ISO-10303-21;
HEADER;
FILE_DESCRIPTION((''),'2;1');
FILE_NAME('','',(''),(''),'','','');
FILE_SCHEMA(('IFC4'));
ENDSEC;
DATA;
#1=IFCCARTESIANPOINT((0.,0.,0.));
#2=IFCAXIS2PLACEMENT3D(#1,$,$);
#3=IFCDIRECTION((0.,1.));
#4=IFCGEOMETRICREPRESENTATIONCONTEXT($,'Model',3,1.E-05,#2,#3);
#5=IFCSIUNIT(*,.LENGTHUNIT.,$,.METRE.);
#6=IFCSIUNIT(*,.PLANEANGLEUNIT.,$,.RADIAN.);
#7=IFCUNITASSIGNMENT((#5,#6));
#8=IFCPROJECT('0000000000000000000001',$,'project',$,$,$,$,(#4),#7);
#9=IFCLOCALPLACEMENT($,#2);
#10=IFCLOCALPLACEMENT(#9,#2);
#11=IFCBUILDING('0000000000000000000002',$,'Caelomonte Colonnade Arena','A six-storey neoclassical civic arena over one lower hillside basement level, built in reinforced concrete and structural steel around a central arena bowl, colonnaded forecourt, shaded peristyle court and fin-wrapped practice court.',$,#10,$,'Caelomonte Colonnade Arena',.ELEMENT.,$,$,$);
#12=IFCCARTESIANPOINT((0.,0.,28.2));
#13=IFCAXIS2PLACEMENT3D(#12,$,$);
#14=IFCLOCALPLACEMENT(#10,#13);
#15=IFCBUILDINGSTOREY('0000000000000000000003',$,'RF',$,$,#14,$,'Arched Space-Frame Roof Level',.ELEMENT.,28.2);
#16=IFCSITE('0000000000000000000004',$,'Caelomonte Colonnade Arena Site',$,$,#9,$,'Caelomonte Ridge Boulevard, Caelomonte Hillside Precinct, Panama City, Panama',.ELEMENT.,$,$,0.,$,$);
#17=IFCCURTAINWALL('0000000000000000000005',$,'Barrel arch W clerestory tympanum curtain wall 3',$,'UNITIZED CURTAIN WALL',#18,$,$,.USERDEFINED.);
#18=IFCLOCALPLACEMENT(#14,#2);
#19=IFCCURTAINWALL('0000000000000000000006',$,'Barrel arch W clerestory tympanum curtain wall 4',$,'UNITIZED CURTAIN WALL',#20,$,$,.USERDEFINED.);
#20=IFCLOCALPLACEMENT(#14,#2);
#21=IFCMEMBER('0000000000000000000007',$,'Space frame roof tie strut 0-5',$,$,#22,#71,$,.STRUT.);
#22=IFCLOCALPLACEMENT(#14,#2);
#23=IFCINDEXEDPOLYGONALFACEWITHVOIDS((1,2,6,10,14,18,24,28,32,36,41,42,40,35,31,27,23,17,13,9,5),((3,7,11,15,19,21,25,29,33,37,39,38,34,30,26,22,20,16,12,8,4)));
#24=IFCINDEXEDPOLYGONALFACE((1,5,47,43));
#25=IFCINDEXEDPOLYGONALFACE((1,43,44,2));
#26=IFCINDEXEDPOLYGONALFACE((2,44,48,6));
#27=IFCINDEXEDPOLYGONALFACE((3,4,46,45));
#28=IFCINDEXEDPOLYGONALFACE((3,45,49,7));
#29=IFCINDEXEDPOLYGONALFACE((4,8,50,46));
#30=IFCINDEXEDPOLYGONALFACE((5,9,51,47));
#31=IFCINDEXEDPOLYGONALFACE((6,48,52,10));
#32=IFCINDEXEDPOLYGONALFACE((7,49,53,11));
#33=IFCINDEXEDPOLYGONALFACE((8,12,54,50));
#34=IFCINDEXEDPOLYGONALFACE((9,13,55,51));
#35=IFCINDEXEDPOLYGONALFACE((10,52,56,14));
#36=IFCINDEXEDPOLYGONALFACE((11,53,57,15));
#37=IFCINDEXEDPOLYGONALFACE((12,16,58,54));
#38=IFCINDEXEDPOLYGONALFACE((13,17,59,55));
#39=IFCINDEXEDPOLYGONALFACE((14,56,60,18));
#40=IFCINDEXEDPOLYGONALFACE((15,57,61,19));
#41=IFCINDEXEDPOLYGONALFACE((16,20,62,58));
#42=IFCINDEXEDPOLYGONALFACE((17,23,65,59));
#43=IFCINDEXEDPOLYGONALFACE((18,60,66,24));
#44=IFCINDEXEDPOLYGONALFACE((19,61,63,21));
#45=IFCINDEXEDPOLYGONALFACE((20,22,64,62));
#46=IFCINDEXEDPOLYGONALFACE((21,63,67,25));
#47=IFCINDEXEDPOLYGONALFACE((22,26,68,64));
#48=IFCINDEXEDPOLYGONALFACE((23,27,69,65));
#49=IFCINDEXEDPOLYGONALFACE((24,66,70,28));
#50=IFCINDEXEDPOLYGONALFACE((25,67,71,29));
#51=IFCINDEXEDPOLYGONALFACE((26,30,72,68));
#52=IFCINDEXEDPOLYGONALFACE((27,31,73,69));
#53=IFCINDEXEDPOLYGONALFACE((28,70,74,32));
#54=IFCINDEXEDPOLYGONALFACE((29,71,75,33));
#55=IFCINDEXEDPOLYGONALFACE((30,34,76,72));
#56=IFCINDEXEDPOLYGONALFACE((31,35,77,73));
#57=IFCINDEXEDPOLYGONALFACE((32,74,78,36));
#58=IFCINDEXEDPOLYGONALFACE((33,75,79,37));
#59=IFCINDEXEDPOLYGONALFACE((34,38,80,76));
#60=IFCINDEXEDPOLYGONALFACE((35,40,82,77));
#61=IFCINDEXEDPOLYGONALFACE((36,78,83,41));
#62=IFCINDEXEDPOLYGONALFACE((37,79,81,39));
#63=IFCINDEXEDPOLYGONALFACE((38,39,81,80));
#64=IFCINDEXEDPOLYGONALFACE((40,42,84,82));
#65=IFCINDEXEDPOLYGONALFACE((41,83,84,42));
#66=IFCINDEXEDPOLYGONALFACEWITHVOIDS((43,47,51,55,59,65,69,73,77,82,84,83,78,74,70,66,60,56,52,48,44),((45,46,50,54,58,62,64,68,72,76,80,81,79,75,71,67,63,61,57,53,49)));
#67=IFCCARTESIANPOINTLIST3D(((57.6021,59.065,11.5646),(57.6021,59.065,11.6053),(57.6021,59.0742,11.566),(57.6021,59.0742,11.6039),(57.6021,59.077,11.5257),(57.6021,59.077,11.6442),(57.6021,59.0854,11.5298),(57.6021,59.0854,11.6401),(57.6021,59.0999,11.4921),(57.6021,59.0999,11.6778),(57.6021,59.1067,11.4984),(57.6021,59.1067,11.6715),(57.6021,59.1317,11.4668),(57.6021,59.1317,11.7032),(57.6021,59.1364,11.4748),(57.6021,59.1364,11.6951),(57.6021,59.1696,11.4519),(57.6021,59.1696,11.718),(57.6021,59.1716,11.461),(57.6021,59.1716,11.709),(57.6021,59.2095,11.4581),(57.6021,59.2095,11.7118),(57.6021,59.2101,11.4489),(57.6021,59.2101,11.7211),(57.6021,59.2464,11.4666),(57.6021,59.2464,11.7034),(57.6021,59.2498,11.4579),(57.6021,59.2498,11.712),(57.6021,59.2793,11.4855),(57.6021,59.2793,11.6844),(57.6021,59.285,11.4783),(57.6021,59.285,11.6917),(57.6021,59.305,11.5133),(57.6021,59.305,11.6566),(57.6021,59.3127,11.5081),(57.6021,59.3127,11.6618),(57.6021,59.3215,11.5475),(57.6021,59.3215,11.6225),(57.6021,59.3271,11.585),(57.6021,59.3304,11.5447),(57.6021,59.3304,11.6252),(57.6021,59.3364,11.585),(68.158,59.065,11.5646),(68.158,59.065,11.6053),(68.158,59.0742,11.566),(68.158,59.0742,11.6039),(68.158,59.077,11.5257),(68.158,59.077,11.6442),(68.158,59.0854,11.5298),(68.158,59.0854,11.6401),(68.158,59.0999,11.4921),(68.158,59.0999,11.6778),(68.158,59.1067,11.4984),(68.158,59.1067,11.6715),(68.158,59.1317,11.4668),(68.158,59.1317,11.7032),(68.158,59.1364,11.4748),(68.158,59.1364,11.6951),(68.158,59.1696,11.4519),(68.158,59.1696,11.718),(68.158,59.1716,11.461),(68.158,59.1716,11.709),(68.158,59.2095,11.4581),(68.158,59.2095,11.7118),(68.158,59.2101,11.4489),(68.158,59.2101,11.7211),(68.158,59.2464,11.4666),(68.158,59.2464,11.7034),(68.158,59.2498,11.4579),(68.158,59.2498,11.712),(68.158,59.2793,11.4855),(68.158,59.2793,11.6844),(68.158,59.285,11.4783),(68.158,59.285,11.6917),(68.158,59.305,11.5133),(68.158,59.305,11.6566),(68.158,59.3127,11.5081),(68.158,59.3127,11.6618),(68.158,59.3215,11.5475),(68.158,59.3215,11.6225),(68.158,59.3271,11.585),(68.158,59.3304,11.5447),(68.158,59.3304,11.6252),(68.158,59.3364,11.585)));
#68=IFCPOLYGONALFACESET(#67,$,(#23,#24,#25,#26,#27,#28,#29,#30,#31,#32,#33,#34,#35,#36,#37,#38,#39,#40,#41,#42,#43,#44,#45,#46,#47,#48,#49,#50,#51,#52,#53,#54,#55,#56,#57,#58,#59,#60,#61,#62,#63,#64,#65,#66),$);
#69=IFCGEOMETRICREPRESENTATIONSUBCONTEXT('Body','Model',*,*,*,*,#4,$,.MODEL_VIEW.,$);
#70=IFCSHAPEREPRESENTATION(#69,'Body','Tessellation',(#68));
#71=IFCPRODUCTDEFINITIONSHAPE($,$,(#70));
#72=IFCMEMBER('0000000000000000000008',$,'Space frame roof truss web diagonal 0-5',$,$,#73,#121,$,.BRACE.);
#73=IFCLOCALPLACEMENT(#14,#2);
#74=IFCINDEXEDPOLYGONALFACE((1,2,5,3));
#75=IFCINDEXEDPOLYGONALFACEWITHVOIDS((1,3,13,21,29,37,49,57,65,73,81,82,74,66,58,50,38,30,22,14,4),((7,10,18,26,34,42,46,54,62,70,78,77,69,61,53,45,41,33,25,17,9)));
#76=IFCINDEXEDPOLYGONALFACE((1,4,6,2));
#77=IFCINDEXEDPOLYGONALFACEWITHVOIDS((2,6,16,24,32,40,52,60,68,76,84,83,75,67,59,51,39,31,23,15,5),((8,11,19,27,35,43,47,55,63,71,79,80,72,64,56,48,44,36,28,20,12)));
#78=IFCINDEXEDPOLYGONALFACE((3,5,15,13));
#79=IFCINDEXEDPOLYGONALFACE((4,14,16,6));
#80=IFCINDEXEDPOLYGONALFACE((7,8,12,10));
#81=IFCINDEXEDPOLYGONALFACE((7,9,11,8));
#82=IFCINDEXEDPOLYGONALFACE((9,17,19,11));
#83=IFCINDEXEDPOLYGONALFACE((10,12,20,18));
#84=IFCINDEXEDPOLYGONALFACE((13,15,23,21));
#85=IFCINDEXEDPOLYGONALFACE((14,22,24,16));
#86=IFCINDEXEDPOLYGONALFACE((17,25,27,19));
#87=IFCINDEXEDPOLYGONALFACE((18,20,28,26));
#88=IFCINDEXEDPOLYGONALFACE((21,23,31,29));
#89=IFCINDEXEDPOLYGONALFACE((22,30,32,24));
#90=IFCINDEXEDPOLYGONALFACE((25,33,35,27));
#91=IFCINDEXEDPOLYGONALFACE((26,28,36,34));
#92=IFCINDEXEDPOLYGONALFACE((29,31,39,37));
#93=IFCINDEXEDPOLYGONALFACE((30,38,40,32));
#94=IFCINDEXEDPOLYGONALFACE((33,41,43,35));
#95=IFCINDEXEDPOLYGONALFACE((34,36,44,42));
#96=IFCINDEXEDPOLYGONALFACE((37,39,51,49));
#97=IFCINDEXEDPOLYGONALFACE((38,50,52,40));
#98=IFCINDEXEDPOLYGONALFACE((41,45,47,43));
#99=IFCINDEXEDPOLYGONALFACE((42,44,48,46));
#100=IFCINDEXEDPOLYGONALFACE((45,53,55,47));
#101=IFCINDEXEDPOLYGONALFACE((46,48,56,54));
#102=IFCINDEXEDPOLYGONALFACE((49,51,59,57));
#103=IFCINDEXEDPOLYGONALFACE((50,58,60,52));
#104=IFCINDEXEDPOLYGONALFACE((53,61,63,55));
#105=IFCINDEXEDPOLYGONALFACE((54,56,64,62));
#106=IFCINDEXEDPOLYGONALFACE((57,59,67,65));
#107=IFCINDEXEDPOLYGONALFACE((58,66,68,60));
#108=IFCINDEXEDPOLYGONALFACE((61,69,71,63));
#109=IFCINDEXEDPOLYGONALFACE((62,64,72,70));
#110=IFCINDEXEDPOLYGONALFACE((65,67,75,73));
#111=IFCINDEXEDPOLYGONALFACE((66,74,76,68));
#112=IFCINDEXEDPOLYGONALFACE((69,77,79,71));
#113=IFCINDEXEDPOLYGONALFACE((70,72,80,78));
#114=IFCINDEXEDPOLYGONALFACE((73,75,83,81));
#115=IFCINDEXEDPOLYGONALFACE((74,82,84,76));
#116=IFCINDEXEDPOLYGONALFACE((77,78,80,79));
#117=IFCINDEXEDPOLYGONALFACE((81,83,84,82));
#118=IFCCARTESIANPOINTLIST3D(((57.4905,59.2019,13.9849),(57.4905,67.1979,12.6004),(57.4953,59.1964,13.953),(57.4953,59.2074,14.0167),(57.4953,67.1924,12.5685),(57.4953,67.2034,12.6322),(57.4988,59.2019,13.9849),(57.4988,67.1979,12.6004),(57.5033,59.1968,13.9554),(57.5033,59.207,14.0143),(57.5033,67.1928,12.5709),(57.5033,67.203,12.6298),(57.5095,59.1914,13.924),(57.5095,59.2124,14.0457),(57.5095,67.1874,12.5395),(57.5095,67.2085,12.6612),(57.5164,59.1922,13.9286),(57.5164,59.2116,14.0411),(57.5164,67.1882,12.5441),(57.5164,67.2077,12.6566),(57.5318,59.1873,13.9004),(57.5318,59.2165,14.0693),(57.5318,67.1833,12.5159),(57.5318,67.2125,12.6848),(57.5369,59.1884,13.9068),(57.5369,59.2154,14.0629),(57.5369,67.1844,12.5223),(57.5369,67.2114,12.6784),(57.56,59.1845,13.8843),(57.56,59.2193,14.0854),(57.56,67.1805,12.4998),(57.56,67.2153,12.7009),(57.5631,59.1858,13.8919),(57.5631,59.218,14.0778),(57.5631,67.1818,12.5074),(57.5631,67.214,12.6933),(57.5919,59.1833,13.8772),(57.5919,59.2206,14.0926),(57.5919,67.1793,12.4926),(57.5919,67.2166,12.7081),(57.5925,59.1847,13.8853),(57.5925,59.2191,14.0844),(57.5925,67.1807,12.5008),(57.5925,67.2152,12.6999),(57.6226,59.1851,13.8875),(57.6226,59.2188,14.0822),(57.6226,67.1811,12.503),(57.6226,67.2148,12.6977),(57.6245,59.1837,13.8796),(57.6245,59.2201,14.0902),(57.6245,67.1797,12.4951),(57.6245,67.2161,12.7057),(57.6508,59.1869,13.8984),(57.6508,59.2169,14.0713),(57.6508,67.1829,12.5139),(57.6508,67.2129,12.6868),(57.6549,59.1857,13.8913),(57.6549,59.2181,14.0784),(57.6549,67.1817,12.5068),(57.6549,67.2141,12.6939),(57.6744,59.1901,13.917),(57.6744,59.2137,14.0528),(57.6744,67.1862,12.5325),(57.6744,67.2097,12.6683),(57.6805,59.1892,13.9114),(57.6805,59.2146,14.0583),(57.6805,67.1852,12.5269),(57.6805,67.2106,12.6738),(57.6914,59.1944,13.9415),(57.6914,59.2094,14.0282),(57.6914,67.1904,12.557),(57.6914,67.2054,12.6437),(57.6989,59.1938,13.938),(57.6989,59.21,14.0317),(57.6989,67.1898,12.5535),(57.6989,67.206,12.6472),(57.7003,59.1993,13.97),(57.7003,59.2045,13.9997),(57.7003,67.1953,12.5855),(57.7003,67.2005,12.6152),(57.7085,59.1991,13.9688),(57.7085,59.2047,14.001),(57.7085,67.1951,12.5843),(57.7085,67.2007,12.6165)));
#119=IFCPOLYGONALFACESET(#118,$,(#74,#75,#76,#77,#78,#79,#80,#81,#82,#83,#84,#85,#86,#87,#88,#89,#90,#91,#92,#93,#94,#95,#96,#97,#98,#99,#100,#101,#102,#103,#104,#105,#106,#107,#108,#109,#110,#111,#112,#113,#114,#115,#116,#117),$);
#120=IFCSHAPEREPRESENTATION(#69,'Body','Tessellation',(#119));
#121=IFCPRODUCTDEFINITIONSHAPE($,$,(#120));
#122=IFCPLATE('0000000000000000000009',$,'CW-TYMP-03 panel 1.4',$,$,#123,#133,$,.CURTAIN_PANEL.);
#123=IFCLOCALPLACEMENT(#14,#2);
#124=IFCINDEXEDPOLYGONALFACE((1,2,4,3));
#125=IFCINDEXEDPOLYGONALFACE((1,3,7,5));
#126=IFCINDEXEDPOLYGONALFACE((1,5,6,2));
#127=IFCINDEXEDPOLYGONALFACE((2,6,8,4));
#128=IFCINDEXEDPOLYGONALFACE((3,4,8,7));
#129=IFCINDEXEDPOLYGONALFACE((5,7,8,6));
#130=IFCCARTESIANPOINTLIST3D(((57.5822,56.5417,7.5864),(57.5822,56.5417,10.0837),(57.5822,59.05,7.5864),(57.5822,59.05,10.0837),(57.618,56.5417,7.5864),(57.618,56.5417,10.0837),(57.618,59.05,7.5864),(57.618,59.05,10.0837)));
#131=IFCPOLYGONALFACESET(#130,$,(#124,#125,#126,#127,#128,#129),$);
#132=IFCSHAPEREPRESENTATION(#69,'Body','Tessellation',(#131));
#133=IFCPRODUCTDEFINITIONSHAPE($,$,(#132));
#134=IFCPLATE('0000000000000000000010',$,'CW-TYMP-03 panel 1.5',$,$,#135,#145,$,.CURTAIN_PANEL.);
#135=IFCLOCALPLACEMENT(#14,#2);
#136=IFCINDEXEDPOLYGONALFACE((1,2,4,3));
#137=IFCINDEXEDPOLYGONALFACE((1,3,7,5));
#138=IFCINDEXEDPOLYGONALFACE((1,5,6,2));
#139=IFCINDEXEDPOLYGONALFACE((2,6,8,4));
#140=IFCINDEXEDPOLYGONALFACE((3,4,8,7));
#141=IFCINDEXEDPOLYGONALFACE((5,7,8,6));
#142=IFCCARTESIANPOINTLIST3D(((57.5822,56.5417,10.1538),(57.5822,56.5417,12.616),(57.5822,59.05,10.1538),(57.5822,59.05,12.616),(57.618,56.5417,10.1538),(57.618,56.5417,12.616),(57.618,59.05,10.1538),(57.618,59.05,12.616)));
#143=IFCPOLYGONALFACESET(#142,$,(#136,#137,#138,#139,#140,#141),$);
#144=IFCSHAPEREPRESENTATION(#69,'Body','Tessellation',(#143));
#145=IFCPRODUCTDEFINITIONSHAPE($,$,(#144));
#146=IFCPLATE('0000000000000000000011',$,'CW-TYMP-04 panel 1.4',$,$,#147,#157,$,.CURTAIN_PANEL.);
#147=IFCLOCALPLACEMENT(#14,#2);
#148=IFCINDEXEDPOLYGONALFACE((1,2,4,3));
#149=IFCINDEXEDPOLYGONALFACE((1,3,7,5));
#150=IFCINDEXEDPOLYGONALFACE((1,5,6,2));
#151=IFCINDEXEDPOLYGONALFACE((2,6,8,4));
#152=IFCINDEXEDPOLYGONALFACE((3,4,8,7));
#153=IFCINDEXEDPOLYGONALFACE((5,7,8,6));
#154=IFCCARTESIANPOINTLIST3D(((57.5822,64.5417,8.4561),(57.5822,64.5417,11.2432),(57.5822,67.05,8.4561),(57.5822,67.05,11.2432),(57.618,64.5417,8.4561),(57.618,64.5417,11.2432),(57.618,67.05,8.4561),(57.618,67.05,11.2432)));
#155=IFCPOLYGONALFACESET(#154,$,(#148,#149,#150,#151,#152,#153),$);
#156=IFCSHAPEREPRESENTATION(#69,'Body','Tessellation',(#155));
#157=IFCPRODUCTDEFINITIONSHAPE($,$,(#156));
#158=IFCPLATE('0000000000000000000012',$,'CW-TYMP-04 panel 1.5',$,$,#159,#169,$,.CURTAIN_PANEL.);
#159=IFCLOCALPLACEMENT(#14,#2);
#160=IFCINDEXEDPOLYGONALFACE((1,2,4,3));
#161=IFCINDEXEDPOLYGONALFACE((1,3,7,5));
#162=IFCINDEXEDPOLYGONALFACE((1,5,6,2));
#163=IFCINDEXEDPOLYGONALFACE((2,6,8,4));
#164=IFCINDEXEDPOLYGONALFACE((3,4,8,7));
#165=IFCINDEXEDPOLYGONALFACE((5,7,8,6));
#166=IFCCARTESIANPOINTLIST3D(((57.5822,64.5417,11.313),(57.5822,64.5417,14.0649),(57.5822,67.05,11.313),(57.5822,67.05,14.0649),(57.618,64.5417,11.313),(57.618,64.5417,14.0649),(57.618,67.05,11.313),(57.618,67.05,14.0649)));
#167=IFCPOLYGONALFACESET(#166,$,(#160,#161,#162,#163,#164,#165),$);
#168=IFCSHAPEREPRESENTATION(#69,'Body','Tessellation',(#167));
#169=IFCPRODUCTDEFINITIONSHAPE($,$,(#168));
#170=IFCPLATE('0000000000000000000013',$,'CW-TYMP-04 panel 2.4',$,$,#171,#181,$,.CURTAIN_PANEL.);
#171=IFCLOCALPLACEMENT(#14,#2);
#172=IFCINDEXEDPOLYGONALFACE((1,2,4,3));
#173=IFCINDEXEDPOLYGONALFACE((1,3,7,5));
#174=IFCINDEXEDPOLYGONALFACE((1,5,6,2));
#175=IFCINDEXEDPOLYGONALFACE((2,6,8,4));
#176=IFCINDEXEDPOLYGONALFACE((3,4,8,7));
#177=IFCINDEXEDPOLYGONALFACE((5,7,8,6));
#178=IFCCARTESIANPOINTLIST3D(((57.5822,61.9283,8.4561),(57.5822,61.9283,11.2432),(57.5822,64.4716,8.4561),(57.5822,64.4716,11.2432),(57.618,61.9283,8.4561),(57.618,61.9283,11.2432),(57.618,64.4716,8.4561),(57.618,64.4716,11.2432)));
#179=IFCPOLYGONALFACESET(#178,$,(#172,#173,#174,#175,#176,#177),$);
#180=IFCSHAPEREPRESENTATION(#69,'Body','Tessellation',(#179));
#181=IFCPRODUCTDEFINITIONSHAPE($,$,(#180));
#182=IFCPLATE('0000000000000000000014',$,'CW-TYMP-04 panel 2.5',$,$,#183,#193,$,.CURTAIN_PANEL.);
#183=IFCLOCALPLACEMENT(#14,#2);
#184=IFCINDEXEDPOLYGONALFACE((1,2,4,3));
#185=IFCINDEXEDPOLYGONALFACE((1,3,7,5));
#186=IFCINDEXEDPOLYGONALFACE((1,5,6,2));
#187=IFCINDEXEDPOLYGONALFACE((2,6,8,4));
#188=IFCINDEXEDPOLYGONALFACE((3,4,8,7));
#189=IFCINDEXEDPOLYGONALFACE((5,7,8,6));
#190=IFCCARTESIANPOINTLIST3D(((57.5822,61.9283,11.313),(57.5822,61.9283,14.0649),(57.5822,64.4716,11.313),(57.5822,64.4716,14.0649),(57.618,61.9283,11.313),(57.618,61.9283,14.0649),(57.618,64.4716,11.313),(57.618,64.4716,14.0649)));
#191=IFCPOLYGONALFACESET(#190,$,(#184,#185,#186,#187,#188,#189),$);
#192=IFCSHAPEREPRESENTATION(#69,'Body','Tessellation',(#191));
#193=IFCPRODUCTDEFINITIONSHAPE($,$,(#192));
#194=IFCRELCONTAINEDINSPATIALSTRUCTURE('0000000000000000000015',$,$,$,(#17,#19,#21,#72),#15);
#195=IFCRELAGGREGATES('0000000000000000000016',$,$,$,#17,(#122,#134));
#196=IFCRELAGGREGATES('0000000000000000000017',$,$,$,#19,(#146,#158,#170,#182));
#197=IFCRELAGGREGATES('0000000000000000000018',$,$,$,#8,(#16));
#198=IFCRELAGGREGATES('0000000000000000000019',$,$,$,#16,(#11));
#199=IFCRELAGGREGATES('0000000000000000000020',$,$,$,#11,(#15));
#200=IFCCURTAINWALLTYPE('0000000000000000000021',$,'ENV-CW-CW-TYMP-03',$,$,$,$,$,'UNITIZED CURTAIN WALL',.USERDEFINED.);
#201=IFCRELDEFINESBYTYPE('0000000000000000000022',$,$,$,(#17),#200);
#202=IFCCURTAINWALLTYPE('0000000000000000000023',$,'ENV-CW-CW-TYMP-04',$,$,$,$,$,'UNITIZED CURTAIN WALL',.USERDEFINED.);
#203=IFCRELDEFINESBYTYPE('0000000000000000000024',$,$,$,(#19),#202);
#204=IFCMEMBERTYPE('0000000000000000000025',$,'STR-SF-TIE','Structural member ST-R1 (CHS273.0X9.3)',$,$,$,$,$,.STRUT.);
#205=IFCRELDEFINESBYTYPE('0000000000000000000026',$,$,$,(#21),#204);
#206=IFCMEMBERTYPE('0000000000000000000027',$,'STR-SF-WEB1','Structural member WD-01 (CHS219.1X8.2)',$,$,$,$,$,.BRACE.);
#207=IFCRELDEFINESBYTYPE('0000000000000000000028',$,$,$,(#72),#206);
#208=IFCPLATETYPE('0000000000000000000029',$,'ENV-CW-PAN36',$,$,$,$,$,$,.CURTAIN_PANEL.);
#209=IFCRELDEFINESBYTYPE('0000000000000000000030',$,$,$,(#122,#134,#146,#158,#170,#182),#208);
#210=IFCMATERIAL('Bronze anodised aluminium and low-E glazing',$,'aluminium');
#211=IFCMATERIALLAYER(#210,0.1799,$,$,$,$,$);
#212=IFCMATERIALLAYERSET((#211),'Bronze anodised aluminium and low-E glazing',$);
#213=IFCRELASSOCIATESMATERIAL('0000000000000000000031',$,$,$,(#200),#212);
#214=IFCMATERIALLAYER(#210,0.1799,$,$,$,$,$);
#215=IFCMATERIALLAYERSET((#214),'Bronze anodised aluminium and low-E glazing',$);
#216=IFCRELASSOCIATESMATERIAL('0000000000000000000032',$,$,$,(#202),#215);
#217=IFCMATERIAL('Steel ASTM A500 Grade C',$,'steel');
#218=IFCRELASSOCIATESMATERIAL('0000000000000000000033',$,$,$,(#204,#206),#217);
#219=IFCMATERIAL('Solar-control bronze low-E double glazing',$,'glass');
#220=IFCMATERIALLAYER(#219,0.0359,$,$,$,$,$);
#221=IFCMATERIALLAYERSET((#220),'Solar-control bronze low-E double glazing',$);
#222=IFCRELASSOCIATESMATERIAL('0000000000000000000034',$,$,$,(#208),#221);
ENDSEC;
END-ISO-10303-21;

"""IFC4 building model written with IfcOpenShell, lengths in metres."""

from ifc_helpers import new_model, si_unit, direction, frame, origin, origin_2d, place, context, subcontext, project, spatial, rectangle, hollow_circle, extrude, material, layer, layer_set, material_profile, profile_set, type_object, element, aggregate, save


model = new_model("IFC4")

# Units and contexts
model_context = context("Model", 3, precision=1e-05, world=origin(), true_north=direction((0.0, 1.0)))
body_context = subcontext(model_context, "Body", "Model", "MODEL_VIEW")
ifc_project = project(units=[si_unit("LENGTHUNIT", "METRE"), si_unit("PLANEANGLEUNIT", "RADIAN")], contexts=[model_context])

# Site, building, storey
site_placement = place(None, origin())
site = spatial("IfcSite", under=ifc_project, at=site_placement, Name="Caelomonte Colonnade Arena Site", LongName="Caelomonte Ridge Boulevard, Caelomonte Hillside Precinct, Panama City, Panama", CompositionType="ELEMENT", RefElevation=0.0)
building_placement = place(site_placement, origin())
building = spatial("IfcBuilding", under=site, at=building_placement, Name="Caelomonte Colonnade Arena", Description="A six-storey neoclassical civic arena over one lower hillside basement level, built in reinforced concrete and structural steel around a central arena bowl, colonnaded forecourt, shaded peristyle court and fin-wrapped practice court.", LongName="Caelomonte Colonnade Arena", CompositionType="ELEMENT")
storey_placement = place(building_placement, frame((0.0, 0.0, 28.2)))
storey = spatial("IfcBuildingStorey", under=building, at=storey_placement, Name="RF", LongName="Arched Space-Frame Roof Level", CompositionType="ELEMENT", Elevation=28.2)

# Curtain walls
ifc_material_1 = material(Name="Bronze anodised aluminium and low-E glazing", Category="aluminium")
ifc_layer_1 = layer(ifc_material_1, 0.1799)
ifc_layer_set_1 = layer_set([ifc_layer_1], Name="Bronze anodised aluminium and low-E glazing")
curtain_wall_type_1 = type_object("IfcCurtainWallType", Name="ENV-CW-CW-TYMP-03", ElementType="UNITIZED CURTAIN WALL", PredefinedType="USERDEFINED", material=ifc_layer_set_1)
curtain_wall_1_placement = place(storey_placement, origin())
curtain_wall_1 = element("IfcCurtainWall", 1, at=curtain_wall_1_placement, inside=storey, type_object=curtain_wall_type_1, Name="Barrel arch W clerestory tympanum curtain wall 3", ObjectType="UNITIZED CURTAIN WALL", PredefinedType="USERDEFINED")
ifc_layer_2 = layer(ifc_material_1, 0.1799)
ifc_layer_set_2 = layer_set([ifc_layer_2], Name="Bronze anodised aluminium and low-E glazing")
curtain_wall_type_2 = type_object("IfcCurtainWallType", Name="ENV-CW-CW-TYMP-04", ElementType="UNITIZED CURTAIN WALL", PredefinedType="USERDEFINED", material=ifc_layer_set_2)
curtain_wall_2_placement = place(storey_placement, origin())
curtain_wall_2 = element("IfcCurtainWall", 2, at=curtain_wall_2_placement, inside=storey, type_object=curtain_wall_type_2, Name="Barrel arch W clerestory tympanum curtain wall 4", ObjectType="UNITIZED CURTAIN WALL", PredefinedType="USERDEFINED")

# Members
ifc_material_2 = material(Name="Steel ASTM A500 Grade C", Category="steel")
ifc_material_profile_1 = material_profile(ifc_material_2, hollow_circle(Radius=0.1365, WallThickness=0.0093, at=origin_2d()), Name="CHS273.0X9.3")
ifc_profile_set_1 = profile_set([ifc_material_profile_1], Name="Steel ASTM A500 Grade C")
member_type_1 = type_object("IfcMemberType", Name="STR-SF-TIE", Description="Structural member ST-R1 (CHS273.0X9.3)", PredefinedType="STRUT", material=ifc_profile_set_1)
member_1_placement = place(storey_placement, frame((57.6021, 59.2, 11.585), z_axis=(1.0, 0.0, 0.0), x_axis=(0.0, 1.0, 0.0)))
element("IfcMember", 3, at=member_1_placement, inside=storey, type_object=member_type_1, Name="Space frame roof tie strut 0-5", PredefinedType="STRUT", context=body_context, shape_type="SweptSolid", body=[
    extrude(hollow_circle(Radius=0.1365, WallThickness=0.0093, at=origin_2d()), origin(), (0.0, 0.0, 1.0), 10.5559),
])
ifc_material_profile_2 = material_profile(ifc_material_2, hollow_circle(Radius=0.1096, WallThickness=0.0083, at=origin_2d()), Name="CHS219.1X8.2")
ifc_profile_set_2 = profile_set([ifc_material_profile_2], Name="Steel ASTM A500 Grade C")
member_type_2 = type_object("IfcMemberType", Name="STR-SF-WEB1", Description="Structural member WD-01 (CHS219.1X8.2)", PredefinedType="BRACE", material=ifc_profile_set_2)
member_2_placement = place(storey_placement, frame((57.6001, 59.2019, 13.9849), z_axis=(0.0, 0.985338, -0.170611), x_axis=(-1.0, 0.0, 0.0)))
element("IfcMember", 4, at=member_2_placement, inside=storey, type_object=member_type_2, Name="Space frame roof truss web diagonal 0-5", PredefinedType="BRACE", context=body_context, shape_type="SweptSolid", body=[
    extrude(hollow_circle(Radius=0.1096, WallThickness=0.0083, at=origin_2d()), origin(), (0.0, 0.0, 1.0), 8.115),
])

# Plates
ifc_material_3 = material(Name="Solar-control bronze low-E double glazing", Category="glass")
ifc_layer_3 = layer(ifc_material_3, 0.0359)
ifc_layer_set_3 = layer_set([ifc_layer_3], Name="Solar-control bronze low-E double glazing")
plate_type_1 = type_object("IfcPlateType", Name="ENV-CW-PAN36", PredefinedType="CURTAIN_PANEL", material=ifc_layer_set_3)
plate_1_placement = place(storey_placement, frame((57.6001, 57.7959, 7.5864), z_axis=(0.0, 0.0, 1.0), x_axis=(0.0, -1.0, 0.0)))
plate_1 = element("IfcPlate", 5, at=plate_1_placement, type_object=plate_type_1, Name="CW-TYMP-03 panel 1.4", PredefinedType="CURTAIN_PANEL", context=body_context, shape_type="SweptSolid", body=[
    extrude(rectangle(XDim=2.5083, YDim=0.0359, at=origin_2d()), origin(), (0.0, 0.0, 1.0), 2.4973),
])
plate_2_placement = place(storey_placement, frame((57.6001, 57.7959, 10.1538), z_axis=(0.0, 0.0, 1.0), x_axis=(0.0, -1.0, 0.0)))
plate_2 = element("IfcPlate", 6, at=plate_2_placement, type_object=plate_type_1, Name="CW-TYMP-03 panel 1.5", PredefinedType="CURTAIN_PANEL", context=body_context, shape_type="SweptSolid", body=[
    extrude(rectangle(XDim=2.5083, YDim=0.0359, at=origin_2d()), origin(), (0.0, 0.0, 1.0), 2.4622),
])
aggregate(curtain_wall_1, [plate_1, plate_2])
plate_3_placement = place(storey_placement, frame((57.6001, 65.7959, 8.4561), z_axis=(0.0, 0.0, 1.0), x_axis=(0.0, -1.0, 0.0)))
plate_3 = element("IfcPlate", 7, at=plate_3_placement, type_object=plate_type_1, Name="CW-TYMP-04 panel 1.4", PredefinedType="CURTAIN_PANEL", context=body_context, shape_type="SweptSolid", body=[
    extrude(rectangle(XDim=2.5083, YDim=0.0359, at=origin_2d()), origin(), (0.0, 0.0, 1.0), 2.7871),
])
plate_4_placement = place(storey_placement, frame((57.6001, 65.7959, 11.313), z_axis=(0.0, 0.0, 1.0), x_axis=(0.0, -1.0, 0.0)))
plate_4 = element("IfcPlate", 8, at=plate_4_placement, type_object=plate_type_1, Name="CW-TYMP-04 panel 1.5", PredefinedType="CURTAIN_PANEL", context=body_context, shape_type="SweptSolid", body=[
    extrude(rectangle(XDim=2.5083, YDim=0.0359, at=origin_2d()), origin(), (0.0, 0.0, 1.0), 2.752),
])
plate_5_placement = place(storey_placement, frame((57.6001, 63.2, 8.4561), z_axis=(0.0, 0.0, 1.0), x_axis=(0.0, -1.0, 0.0)))
plate_5 = element("IfcPlate", 9, at=plate_5_placement, type_object=plate_type_1, Name="CW-TYMP-04 panel 2.4", PredefinedType="CURTAIN_PANEL", context=body_context, shape_type="SweptSolid", body=[
    extrude(rectangle(XDim=2.5432, YDim=0.0359, at=origin_2d()), origin(), (0.0, 0.0, 1.0), 2.7871),
])
plate_6_placement = place(storey_placement, frame((57.6001, 63.2, 11.313), z_axis=(0.0, 0.0, 1.0), x_axis=(0.0, -1.0, 0.0)))
plate_6 = element("IfcPlate", 10, at=plate_6_placement, type_object=plate_type_1, Name="CW-TYMP-04 panel 2.5", PredefinedType="CURTAIN_PANEL", context=body_context, shape_type="SweptSolid", body=[
    extrude(rectangle(XDim=2.5432, YDim=0.0359, at=origin_2d()), origin(), (0.0, 0.0, 1.0), 2.752),
])
aggregate(curtain_wall_2, [plate_3, plate_4, plate_5, plate_6])

save(model, "model.ifc")
